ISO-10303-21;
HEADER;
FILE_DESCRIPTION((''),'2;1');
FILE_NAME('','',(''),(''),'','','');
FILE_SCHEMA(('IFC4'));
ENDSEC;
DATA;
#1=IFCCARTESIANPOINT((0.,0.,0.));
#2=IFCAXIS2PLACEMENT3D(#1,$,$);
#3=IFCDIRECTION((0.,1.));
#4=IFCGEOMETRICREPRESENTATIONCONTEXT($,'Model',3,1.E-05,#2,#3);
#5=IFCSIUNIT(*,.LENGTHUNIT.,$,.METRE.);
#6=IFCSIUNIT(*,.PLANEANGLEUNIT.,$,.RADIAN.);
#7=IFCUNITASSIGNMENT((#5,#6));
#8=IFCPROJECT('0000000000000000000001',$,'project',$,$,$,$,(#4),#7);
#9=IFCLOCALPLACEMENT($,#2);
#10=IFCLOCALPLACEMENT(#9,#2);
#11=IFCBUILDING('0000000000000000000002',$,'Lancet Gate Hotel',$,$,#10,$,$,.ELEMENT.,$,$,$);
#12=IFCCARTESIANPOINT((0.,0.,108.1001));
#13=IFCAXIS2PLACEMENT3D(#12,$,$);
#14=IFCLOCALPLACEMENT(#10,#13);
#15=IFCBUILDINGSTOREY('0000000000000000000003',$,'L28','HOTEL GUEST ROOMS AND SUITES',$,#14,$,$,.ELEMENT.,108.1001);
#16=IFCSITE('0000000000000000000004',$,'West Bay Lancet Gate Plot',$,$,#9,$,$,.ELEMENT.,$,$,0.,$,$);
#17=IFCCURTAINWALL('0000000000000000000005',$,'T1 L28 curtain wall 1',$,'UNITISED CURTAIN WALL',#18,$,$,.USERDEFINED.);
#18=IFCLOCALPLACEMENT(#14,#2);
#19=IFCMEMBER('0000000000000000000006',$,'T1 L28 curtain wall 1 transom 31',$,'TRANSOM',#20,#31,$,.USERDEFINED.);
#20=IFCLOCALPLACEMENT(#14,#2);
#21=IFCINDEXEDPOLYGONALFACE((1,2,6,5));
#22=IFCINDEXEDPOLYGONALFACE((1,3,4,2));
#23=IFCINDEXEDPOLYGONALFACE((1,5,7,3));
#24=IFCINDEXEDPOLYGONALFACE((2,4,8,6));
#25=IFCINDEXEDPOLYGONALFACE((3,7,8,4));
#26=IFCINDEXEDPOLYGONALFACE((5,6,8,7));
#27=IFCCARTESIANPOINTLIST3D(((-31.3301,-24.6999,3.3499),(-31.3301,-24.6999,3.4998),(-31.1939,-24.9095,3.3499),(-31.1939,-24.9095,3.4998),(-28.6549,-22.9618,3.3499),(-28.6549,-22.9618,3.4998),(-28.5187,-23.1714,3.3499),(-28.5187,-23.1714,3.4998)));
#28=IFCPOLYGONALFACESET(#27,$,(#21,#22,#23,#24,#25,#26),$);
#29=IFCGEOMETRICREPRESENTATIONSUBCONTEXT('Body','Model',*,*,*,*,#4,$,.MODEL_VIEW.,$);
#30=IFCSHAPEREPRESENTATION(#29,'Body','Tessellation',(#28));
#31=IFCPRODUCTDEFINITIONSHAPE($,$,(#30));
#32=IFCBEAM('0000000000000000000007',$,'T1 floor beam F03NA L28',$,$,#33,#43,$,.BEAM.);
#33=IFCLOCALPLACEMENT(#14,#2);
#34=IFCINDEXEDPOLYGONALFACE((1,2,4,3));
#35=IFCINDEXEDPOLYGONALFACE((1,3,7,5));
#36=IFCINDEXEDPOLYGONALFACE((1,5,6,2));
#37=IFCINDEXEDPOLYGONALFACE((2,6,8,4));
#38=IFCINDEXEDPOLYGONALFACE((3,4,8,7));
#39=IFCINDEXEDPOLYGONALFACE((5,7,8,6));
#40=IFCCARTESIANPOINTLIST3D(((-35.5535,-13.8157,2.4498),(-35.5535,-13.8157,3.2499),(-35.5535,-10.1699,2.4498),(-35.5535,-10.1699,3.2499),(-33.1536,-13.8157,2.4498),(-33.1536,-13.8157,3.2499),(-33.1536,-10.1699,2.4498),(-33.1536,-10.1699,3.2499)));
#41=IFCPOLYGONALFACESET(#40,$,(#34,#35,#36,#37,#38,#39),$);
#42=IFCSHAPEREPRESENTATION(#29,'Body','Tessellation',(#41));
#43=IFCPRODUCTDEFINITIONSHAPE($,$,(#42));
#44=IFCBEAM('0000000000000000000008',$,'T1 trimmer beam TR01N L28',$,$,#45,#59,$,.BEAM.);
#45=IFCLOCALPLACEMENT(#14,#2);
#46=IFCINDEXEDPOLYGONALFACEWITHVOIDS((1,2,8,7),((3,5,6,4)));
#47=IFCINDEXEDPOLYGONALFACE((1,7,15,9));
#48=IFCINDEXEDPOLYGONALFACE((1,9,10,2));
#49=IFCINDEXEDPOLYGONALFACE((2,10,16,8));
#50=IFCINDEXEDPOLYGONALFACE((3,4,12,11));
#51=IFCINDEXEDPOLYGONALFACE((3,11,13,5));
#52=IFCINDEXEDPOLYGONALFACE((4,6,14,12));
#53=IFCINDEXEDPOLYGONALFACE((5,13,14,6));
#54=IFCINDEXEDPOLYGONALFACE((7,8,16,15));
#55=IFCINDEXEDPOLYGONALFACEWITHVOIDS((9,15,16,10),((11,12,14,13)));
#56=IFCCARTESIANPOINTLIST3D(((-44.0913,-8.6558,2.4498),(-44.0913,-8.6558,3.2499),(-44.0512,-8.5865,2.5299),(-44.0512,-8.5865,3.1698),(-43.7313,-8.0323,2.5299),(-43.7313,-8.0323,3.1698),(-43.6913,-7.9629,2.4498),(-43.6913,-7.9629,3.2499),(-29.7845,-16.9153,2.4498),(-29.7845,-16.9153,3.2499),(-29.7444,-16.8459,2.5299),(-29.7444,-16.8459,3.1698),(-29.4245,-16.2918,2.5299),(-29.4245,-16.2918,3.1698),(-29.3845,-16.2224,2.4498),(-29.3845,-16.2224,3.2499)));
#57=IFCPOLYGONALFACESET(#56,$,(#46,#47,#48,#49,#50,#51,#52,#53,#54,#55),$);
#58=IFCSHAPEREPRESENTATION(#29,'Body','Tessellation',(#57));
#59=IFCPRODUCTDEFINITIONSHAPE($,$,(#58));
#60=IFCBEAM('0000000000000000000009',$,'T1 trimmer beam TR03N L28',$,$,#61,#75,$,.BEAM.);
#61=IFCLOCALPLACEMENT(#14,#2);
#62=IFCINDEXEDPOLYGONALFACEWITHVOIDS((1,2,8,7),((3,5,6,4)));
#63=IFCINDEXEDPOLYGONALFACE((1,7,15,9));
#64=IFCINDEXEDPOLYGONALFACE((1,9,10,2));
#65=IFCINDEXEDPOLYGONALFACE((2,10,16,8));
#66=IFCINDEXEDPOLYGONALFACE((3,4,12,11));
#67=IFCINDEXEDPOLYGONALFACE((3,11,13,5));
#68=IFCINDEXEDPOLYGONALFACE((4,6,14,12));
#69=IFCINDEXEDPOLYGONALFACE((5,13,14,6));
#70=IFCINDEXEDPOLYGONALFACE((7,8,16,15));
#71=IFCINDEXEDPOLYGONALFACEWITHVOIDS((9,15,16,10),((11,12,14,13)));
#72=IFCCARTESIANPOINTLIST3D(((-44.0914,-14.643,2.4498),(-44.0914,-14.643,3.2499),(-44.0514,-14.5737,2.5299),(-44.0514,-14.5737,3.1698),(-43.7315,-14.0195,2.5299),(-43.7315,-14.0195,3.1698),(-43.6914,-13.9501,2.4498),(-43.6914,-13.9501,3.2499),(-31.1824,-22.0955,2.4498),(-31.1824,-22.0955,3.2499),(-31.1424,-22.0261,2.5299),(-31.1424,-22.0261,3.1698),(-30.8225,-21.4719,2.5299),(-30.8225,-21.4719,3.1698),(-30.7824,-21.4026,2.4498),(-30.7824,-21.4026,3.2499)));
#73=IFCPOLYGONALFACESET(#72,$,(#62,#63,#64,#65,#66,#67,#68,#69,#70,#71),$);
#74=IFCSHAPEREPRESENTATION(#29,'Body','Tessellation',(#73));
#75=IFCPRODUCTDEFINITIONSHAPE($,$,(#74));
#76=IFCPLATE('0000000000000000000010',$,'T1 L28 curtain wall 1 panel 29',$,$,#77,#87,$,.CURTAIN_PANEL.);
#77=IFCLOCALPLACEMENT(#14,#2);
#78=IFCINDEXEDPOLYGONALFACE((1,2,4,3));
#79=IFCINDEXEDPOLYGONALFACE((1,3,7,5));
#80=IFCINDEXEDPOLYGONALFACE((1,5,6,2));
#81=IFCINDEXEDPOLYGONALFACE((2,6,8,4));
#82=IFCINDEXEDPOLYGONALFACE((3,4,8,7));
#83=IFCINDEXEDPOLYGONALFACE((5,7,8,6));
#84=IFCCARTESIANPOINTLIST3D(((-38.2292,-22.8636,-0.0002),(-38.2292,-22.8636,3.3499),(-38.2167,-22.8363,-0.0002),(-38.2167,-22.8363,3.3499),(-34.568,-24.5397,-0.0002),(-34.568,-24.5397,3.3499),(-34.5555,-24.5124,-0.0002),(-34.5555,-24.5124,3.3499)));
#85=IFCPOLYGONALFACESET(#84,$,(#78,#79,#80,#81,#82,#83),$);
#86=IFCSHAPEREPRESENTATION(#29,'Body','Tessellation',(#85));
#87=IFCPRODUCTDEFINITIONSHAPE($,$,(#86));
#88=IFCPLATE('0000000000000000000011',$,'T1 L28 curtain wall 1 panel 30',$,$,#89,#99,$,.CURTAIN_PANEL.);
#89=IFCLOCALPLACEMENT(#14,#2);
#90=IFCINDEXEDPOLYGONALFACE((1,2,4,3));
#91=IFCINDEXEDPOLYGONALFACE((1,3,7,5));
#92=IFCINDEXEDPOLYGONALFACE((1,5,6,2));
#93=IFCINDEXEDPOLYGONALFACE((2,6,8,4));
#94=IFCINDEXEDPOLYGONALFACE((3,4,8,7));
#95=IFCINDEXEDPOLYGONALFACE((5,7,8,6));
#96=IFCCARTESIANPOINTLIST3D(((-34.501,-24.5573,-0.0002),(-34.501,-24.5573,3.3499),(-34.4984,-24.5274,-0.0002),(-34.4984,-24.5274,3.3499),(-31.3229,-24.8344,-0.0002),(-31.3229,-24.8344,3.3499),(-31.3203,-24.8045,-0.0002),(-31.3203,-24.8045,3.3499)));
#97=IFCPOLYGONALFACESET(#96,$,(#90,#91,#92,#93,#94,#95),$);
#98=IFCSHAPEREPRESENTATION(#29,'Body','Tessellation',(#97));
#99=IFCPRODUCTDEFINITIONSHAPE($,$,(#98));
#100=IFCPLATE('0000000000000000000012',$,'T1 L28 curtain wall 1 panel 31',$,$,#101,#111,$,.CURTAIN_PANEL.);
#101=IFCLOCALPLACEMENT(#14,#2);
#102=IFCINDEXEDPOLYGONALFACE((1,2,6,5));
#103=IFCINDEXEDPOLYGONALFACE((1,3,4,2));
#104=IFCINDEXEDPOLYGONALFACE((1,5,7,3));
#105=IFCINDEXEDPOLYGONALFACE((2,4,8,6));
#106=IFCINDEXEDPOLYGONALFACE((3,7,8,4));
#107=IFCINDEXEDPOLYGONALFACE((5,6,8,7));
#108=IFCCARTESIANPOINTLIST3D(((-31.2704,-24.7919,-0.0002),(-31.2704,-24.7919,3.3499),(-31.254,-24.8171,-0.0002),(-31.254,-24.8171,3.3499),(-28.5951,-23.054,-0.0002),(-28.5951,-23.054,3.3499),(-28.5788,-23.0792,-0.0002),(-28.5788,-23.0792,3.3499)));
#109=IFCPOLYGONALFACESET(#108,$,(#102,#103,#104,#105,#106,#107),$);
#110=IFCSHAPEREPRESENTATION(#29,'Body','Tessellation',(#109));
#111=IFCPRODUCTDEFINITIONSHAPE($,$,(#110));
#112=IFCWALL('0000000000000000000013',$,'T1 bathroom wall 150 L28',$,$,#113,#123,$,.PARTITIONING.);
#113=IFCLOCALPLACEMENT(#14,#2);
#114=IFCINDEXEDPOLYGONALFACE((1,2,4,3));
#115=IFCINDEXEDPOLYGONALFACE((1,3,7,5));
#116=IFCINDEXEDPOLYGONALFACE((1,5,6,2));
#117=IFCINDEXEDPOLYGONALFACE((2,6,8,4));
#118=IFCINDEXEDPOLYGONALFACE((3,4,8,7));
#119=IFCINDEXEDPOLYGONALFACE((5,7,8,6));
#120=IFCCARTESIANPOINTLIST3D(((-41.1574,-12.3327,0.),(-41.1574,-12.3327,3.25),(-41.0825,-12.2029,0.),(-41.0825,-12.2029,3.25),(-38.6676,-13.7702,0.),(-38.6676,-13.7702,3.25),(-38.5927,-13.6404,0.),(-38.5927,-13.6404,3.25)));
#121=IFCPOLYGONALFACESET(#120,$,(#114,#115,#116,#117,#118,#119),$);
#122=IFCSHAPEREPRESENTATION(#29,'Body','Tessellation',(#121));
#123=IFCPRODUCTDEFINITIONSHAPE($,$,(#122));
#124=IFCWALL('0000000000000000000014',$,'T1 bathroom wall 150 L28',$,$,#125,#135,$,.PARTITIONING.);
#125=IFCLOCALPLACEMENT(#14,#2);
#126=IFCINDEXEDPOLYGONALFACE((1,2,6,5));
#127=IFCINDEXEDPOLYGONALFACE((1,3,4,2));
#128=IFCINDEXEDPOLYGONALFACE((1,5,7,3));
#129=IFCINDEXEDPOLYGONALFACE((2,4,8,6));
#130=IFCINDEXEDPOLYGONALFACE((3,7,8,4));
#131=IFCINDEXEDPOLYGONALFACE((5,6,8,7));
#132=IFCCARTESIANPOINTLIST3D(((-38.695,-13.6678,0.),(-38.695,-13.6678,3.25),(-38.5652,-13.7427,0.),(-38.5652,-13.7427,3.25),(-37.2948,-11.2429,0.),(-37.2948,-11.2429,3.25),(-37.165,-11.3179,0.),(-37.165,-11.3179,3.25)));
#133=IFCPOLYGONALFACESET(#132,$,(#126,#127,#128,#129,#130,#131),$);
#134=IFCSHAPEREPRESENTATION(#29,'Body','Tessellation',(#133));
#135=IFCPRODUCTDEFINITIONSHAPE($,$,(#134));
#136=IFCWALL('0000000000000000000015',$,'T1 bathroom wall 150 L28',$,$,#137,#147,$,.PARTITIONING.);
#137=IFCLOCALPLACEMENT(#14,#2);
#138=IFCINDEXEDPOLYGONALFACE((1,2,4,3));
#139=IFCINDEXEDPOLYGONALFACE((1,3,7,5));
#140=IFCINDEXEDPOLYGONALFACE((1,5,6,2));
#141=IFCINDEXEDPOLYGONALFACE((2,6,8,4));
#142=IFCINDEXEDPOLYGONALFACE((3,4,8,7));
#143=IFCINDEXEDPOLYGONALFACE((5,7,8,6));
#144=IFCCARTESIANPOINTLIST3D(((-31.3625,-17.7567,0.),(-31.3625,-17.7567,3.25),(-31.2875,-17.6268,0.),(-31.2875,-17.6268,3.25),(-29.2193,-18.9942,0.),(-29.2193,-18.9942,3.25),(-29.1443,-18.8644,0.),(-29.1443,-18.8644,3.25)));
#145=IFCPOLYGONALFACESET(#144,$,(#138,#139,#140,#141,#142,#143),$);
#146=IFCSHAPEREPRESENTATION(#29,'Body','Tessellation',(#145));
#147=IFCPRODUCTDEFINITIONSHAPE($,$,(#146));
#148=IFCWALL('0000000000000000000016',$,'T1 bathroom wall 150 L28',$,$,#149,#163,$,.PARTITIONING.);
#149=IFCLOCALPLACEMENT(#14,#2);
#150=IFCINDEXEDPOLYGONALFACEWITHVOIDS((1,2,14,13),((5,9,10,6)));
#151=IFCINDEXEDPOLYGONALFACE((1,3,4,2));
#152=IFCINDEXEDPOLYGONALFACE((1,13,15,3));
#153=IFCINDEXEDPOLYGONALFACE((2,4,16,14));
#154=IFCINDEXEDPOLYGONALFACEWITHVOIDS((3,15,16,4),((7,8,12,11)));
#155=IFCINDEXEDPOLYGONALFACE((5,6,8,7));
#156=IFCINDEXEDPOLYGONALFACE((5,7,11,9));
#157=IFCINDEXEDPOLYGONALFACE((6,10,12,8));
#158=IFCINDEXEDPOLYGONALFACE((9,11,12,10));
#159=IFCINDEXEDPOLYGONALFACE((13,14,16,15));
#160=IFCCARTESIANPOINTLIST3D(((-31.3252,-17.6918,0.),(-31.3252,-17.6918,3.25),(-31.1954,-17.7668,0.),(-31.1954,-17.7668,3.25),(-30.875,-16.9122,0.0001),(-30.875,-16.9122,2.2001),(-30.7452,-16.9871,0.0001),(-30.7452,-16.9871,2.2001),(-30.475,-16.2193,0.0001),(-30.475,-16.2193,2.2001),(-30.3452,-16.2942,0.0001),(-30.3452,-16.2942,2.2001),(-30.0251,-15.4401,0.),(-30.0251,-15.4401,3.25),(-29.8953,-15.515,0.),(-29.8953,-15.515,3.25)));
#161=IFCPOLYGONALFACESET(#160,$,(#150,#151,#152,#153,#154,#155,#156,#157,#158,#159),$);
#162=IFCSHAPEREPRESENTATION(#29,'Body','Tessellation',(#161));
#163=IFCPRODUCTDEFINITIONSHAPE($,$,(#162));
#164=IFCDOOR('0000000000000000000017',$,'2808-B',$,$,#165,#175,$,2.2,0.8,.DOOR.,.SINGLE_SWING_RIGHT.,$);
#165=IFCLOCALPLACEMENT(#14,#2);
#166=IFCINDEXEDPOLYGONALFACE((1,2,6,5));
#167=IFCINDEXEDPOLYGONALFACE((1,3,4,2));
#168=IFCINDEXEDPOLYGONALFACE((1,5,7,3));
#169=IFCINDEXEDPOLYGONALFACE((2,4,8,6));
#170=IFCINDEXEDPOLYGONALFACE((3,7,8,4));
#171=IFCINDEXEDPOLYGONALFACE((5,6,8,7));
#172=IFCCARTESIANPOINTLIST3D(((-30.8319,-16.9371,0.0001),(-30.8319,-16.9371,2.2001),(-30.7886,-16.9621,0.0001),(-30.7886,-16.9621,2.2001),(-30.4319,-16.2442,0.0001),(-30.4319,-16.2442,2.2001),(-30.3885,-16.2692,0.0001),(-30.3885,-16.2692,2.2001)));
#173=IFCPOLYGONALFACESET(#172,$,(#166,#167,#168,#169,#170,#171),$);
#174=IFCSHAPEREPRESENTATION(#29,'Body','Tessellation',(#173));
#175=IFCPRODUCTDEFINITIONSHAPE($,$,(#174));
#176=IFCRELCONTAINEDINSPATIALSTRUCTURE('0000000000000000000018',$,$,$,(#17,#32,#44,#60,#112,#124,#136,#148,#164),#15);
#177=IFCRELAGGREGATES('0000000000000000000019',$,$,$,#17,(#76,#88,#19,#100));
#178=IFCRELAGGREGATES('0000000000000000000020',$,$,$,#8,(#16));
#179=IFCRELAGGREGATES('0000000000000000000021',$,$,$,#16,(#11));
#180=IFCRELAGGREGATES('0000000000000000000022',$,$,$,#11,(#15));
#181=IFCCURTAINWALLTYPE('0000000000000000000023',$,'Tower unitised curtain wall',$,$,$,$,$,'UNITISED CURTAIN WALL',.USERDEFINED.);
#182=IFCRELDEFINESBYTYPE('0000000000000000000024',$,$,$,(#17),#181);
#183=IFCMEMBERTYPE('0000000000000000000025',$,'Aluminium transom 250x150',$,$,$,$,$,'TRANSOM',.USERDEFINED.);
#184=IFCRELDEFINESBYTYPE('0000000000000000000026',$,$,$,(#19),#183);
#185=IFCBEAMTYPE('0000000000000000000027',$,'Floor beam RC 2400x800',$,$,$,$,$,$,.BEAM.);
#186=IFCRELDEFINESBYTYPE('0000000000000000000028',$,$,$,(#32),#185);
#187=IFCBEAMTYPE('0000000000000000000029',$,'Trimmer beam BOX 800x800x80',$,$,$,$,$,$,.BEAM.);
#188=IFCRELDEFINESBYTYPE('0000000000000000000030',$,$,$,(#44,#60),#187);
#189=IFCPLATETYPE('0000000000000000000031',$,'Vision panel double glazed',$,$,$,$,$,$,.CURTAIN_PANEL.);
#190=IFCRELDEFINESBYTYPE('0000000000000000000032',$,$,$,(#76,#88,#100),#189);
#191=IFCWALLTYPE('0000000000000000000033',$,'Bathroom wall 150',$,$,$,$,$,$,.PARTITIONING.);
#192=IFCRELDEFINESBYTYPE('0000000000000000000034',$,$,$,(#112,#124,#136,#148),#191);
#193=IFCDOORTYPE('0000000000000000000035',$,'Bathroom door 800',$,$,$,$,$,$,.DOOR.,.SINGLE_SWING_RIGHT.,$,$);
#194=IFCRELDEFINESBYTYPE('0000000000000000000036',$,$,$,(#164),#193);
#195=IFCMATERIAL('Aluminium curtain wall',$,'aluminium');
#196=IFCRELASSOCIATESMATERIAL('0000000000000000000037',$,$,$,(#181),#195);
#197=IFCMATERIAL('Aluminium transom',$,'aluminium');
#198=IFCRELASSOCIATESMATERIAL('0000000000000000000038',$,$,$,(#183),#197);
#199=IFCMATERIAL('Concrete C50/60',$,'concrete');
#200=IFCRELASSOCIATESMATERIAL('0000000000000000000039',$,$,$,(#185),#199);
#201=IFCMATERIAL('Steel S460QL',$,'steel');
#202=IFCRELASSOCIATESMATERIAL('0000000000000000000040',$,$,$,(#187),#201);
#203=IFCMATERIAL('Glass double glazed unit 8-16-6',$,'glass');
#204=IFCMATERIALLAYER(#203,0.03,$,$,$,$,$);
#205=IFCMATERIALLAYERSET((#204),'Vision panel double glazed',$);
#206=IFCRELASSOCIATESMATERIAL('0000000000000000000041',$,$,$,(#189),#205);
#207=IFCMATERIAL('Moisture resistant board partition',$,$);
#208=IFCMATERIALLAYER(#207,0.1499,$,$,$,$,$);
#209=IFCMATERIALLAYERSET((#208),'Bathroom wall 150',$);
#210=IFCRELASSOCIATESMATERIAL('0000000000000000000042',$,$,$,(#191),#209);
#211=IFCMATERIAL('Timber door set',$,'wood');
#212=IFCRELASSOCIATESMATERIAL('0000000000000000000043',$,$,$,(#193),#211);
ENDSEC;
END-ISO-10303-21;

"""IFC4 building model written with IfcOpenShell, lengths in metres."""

from ifc_helpers import new_model, si_unit, direction, frame, frame_2d, origin, origin_2d, place, context, subcontext, project, spatial, rectangle, hollow_rectangle, extrude, material, layer, layer_set, material_profile, profile_set, type_object, element, fill, aggregate, save


model = new_model("IFC4")

# Units and contexts
model_context = context("Model", 3, precision=1e-05, world=origin(), true_north=direction((0.0, 1.0)))
body_context = subcontext(model_context, "Body", "Model", "MODEL_VIEW")
ifc_project = project(units=[si_unit("LENGTHUNIT", "METRE"), si_unit("PLANEANGLEUNIT", "RADIAN")], contexts=[model_context])

# Site, building, storey
site_placement = place(None, origin())
site = spatial("IfcSite", under=ifc_project, at=site_placement, Name="West Bay Lancet Gate Plot", CompositionType="ELEMENT", RefElevation=0.0)
building_placement = place(site_placement, origin())
building = spatial("IfcBuilding", under=site, at=building_placement, Name="Lancet Gate Hotel", CompositionType="ELEMENT")
storey_placement = place(building_placement, frame((0.0, 0.0, 108.1001)))
storey = spatial("IfcBuildingStorey", under=building, at=storey_placement, Name="L28", Description="HOTEL GUEST ROOMS AND SUITES", CompositionType="ELEMENT", Elevation=108.1001)

# Curtain wall, member
ifc_material_1 = material(Name="Aluminium curtain wall", Category="aluminium")
curtain_wall_type = type_object("IfcCurtainWallType", Name="Tower unitised curtain wall", ElementType="UNITISED CURTAIN WALL", PredefinedType="USERDEFINED", material=ifc_material_1)
curtain_wall_placement = place(storey_placement, origin())
curtain_wall = element("IfcCurtainWall", 1, at=curtain_wall_placement, inside=storey, type_object=curtain_wall_type, Name="T1 L28 curtain wall 1", ObjectType="UNITISED CURTAIN WALL", PredefinedType="USERDEFINED")
ifc_material_2 = material(Name="Aluminium transom", Category="aluminium")
ifc_material_profile_1 = material_profile(ifc_material_2, rectangle(XDim=0.25, YDim=0.1499, at=origin_2d()), Name="TRANSOM 250x150")
ifc_profile_set_1 = profile_set([ifc_material_profile_1], Name="Aluminium transom")
member_type_1 = type_object("IfcMemberType", Name="Aluminium transom 250x150", ElementType="TRANSOM", PredefinedType="USERDEFINED", material=ifc_profile_set_1)
member_1_placement = place(storey_placement, frame((-31.262, -24.8047, 3.4248), z_axis=(0.83855, 0.544824, 0.0), x_axis=(-0.544824, 0.83855, 0.0)))
member_1 = element("IfcMember", 2, at=member_1_placement, type_object=member_type_1, Name="T1 L28 curtain wall 1 transom 31", ObjectType="TRANSOM", PredefinedType="USERDEFINED", context=body_context, shape_type="SweptSolid", body=[
    extrude(rectangle(XDim=0.25, YDim=0.1499, at=origin_2d()), origin(), (0.0, 0.0, 1.0), 3.1902),
])

# Beams
ifc_material_3 = material(Name="Concrete C50/60", Category="concrete")
ifc_material_profile_2 = material_profile(ifc_material_3, rectangle(XDim=2.3999, YDim=0.8, at=origin_2d()), Name="RC 2400x800")
ifc_profile_set_2 = profile_set([ifc_material_profile_2], Name="Concrete C50/60")
beam_type_1 = type_object("IfcBeamType", Name="Floor beam RC 2400x800", PredefinedType="BEAM", material=ifc_profile_set_2)
beam_1_placement = place(storey_placement, frame((-34.3535, -10.1699, 2.8499), z_axis=(0.0, -1.0, 0.0), x_axis=(1.0, 0.0, 0.0)))
element("IfcBeam", 3, at=beam_1_placement, inside=storey, type_object=beam_type_1, Name="T1 floor beam F03NA L28", PredefinedType="BEAM", context=body_context, shape_type="SweptSolid", body=[
    extrude(rectangle(XDim=2.3999, YDim=0.8, at=origin_2d()), origin(), (0.0, 0.0, 1.0), 3.6458),
])
ifc_material_4 = material(Name="Steel S460QL", Category="steel")
ifc_material_profile_3 = material_profile(ifc_material_4, hollow_rectangle(XDim=0.8, YDim=0.8, WallThickness=0.0801, at=origin_2d()), Name="BOX 800x800x80")
ifc_profile_set_3 = profile_set([ifc_material_profile_3], Name="Steel S460QL")
beam_type_2 = type_object("IfcBeamType", Name="Trimmer beam BOX 800x800x80", PredefinedType="BEAM", material=ifc_profile_set_3)
beam_2_placement = place(storey_placement, frame((-29.5845, -16.5688, 2.8499), z_axis=(-0.86604, 0.499974, 0.0), x_axis=(-0.499974, -0.86604, 0.0)))
element("IfcBeam", 4, at=beam_2_placement, inside=storey, type_object=beam_type_2, Name="T1 trimmer beam TR01N L28", PredefinedType="BEAM", context=body_context, shape_type="SweptSolid", body=[
    extrude(hollow_rectangle(XDim=0.8, YDim=0.8, WallThickness=0.0801, at=origin_2d()), origin(), (0.0, 0.0, 1.0), 16.5198),
])
beam_3_placement = place(storey_placement, frame((-30.9824, -21.749, 2.8499), z_axis=(-0.866042, 0.499971, 0.0), x_axis=(-0.499971, -0.866042, 0.0)))
element("IfcBeam", 5, at=beam_3_placement, inside=storey, type_object=beam_type_2, Name="T1 trimmer beam TR03N L28", PredefinedType="BEAM", context=body_context, shape_type="SweptSolid", body=[
    extrude(hollow_rectangle(XDim=0.8, YDim=0.8, WallThickness=0.0801, at=origin_2d()), origin(), (0.0, 0.0, 1.0), 14.9058),
])

# Plates
ifc_material_5 = material(Name="Glass double glazed unit 8-16-6", Category="glass")
ifc_layer_1 = layer(ifc_material_5, 0.03)
ifc_layer_set_1 = layer_set([ifc_layer_1], Name="Vision panel double glazed")
plate_type = type_object("IfcPlateType", Name="Vision panel double glazed", PredefinedType="CURTAIN_PANEL", material=ifc_layer_set_1)
plate_1_placement = place(storey_placement, frame((-36.3923, -23.688, -0.0002), z_axis=(0.0, 0.0, 1.0), x_axis=(0.909253, -0.416245, 0.0)))
plate_1 = element("IfcPlate", 6, at=plate_1_placement, type_object=plate_type, Name="T1 L28 curtain wall 1 panel 29", PredefinedType="CURTAIN_PANEL", context=body_context, shape_type="SweptSolid", body=[
    extrude(rectangle(XDim=4.0266, YDim=0.03, at=origin_2d()), origin(), (0.0, 0.0, 1.0), 3.3501),
])
plate_2_placement = place(storey_placement, frame((-32.9106, -24.6809, -0.0002), z_axis=(0.0, 0.0, 1.0), x_axis=(0.996219, -0.08688, 0.0)))
plate_2 = element("IfcPlate", 7, at=plate_2_placement, type_object=plate_type, Name="T1 L28 curtain wall 1 panel 30", PredefinedType="CURTAIN_PANEL", context=body_context, shape_type="SweptSolid", body=[
    extrude(rectangle(XDim=3.1902, YDim=0.03, at=origin_2d()), origin(), (0.0, 0.0, 1.0), 3.3501),
])
plate_3_placement = place(storey_placement, frame((-29.9246, -23.9355, -0.0002), z_axis=(0.0, 0.0, 1.0), x_axis=(0.83858, 0.544778, 0.0)))
plate_3 = element("IfcPlate", 8, at=plate_3_placement, type_object=plate_type, Name="T1 L28 curtain wall 1 panel 31", PredefinedType="CURTAIN_PANEL", context=body_context, shape_type="SweptSolid", body=[
    extrude(rectangle(XDim=3.1902, YDim=0.03, at=origin_2d()), origin(), (0.0, 0.0, 1.0), 3.3501),
])
aggregate(curtain_wall, [plate_1, plate_2, member_1, plate_3])

# Walls
ifc_material_6 = material(Name="Moisture resistant board partition")
ifc_layer_2 = layer(ifc_material_6, 0.1499)
ifc_layer_set_2 = layer_set([ifc_layer_2], Name="Bathroom wall 150")
wall_type_1 = type_object("IfcWallType", Name="Bathroom wall 150", PredefinedType="PARTITIONING", material=ifc_layer_set_2)
wall_1_placement = place(storey_placement, frame((-38.6301, -13.7053, 0.0), z_axis=(0.0, 0.0, 1.0), x_axis=(-0.866019, 0.500012, 0.0)))
element("IfcWall", 9, at=wall_1_placement, inside=storey, type_object=wall_type_1, Name="T1 bathroom wall 150 L28", PredefinedType="PARTITIONING", context=body_context, shape_type="SweptSolid", body=[
    extrude(rectangle(XDim=2.875, YDim=0.1499, at=frame_2d((1.4375, 0.0))), origin(), (0.0, 0.0, 1.0), 3.25),
])
wall_2_placement = place(storey_placement, frame((-37.23, -11.2805, 0.0), z_axis=(0.0, 0.0, 1.0), x_axis=(-0.50005, -0.865997, 0.0)))
element("IfcWall", 10, at=wall_2_placement, inside=storey, type_object=wall_type_1, Name="T1 bathroom wall 150 L28", PredefinedType="PARTITIONING", context=body_context, shape_type="SweptSolid", body=[
    extrude(rectangle(XDim=2.8, YDim=0.1499, at=frame_2d((1.3999, 0.0))), origin(), (0.0, 0.0, 1.0), 3.25),
])
wall_3_placement = place(storey_placement, frame((-29.1819, -18.9292, 0.0), z_axis=(0.0, 0.0, 1.0), x_axis=(-0.866007, 0.500033, 0.0)))
element("IfcWall", 11, at=wall_3_placement, inside=storey, type_object=wall_type_1, Name="T1 bathroom wall 150 L28", PredefinedType="PARTITIONING", context=body_context, shape_type="SweptSolid", body=[
    extrude(rectangle(XDim=2.4749, YDim=0.1499, at=frame_2d((1.2373, 0.0))), origin(), (0.0, 0.0, 1.0), 3.25),
])

# Wall, opening, door
wall_4_placement = place(storey_placement, frame((-29.9602, -15.4775, 0.0), z_axis=(0.0, 0.0, 1.0), x_axis=(-0.500007, -0.866021, 0.0)))
wall_4 = element("IfcWall", 12, at=wall_4_placement, inside=storey, type_object=wall_type_1, Name="T1 bathroom wall 150 L28", PredefinedType="PARTITIONING", context=body_context, shape_type="SweptSolid", body=[
    extrude(rectangle(XDim=2.6001, YDim=0.1499, at=frame_2d((1.3, 0.0))), origin(), (0.0, 0.0, 1.0), 3.25),
])
opening_1_placement = place(wall_4_placement, frame((0.8999, 0.0, 0.0)))
opening_1 = element("IfcOpeningElement", 13, at=opening_1_placement, cuts=wall_4, PredefinedType="OPENING", context=body_context, shape_type="SweptSolid", body=[
    extrude(rectangle(XDim=0.8, YDim=2.2, at=frame_2d((0.3999, 1.1001))), frame((0.0, 0.085, 0.0), z_axis=(0.0, -1.0, 0.0), x_axis=(1.0, 0.0, 0.0)), (0.0, 0.0, 1.0), 0.1699),
])
ifc_material_7 = material(Name="Timber door set", Category="wood")
door_type_1 = type_object("IfcDoorType", Name="Bathroom door 800", OperationType="SINGLE_SWING_RIGHT", PredefinedType="DOOR", material=ifc_material_7)
door_1_placement = place(opening_1_placement, origin())
door_1 = element("IfcDoor", 14, at=door_1_placement, inside=storey, type_object=door_type_1, Name="2808-B", OperationType="SINGLE_SWING_RIGHT", OverallHeight=2.2, OverallWidth=0.8, PredefinedType="DOOR", context=body_context, shape_type="SweptSolid", body=[
    extrude(rectangle(XDim=0.8, YDim=2.2, at=frame_2d((0.3999, 1.1001))), frame((0.0, 0.0249, 0.0), z_axis=(0.0, -1.0, 0.0), x_axis=(1.0, 0.0, 0.0)), (0.0, 0.0, 1.0), 0.05),
])
fill(opening_1, door_1)

save(model, "model.ifc")
